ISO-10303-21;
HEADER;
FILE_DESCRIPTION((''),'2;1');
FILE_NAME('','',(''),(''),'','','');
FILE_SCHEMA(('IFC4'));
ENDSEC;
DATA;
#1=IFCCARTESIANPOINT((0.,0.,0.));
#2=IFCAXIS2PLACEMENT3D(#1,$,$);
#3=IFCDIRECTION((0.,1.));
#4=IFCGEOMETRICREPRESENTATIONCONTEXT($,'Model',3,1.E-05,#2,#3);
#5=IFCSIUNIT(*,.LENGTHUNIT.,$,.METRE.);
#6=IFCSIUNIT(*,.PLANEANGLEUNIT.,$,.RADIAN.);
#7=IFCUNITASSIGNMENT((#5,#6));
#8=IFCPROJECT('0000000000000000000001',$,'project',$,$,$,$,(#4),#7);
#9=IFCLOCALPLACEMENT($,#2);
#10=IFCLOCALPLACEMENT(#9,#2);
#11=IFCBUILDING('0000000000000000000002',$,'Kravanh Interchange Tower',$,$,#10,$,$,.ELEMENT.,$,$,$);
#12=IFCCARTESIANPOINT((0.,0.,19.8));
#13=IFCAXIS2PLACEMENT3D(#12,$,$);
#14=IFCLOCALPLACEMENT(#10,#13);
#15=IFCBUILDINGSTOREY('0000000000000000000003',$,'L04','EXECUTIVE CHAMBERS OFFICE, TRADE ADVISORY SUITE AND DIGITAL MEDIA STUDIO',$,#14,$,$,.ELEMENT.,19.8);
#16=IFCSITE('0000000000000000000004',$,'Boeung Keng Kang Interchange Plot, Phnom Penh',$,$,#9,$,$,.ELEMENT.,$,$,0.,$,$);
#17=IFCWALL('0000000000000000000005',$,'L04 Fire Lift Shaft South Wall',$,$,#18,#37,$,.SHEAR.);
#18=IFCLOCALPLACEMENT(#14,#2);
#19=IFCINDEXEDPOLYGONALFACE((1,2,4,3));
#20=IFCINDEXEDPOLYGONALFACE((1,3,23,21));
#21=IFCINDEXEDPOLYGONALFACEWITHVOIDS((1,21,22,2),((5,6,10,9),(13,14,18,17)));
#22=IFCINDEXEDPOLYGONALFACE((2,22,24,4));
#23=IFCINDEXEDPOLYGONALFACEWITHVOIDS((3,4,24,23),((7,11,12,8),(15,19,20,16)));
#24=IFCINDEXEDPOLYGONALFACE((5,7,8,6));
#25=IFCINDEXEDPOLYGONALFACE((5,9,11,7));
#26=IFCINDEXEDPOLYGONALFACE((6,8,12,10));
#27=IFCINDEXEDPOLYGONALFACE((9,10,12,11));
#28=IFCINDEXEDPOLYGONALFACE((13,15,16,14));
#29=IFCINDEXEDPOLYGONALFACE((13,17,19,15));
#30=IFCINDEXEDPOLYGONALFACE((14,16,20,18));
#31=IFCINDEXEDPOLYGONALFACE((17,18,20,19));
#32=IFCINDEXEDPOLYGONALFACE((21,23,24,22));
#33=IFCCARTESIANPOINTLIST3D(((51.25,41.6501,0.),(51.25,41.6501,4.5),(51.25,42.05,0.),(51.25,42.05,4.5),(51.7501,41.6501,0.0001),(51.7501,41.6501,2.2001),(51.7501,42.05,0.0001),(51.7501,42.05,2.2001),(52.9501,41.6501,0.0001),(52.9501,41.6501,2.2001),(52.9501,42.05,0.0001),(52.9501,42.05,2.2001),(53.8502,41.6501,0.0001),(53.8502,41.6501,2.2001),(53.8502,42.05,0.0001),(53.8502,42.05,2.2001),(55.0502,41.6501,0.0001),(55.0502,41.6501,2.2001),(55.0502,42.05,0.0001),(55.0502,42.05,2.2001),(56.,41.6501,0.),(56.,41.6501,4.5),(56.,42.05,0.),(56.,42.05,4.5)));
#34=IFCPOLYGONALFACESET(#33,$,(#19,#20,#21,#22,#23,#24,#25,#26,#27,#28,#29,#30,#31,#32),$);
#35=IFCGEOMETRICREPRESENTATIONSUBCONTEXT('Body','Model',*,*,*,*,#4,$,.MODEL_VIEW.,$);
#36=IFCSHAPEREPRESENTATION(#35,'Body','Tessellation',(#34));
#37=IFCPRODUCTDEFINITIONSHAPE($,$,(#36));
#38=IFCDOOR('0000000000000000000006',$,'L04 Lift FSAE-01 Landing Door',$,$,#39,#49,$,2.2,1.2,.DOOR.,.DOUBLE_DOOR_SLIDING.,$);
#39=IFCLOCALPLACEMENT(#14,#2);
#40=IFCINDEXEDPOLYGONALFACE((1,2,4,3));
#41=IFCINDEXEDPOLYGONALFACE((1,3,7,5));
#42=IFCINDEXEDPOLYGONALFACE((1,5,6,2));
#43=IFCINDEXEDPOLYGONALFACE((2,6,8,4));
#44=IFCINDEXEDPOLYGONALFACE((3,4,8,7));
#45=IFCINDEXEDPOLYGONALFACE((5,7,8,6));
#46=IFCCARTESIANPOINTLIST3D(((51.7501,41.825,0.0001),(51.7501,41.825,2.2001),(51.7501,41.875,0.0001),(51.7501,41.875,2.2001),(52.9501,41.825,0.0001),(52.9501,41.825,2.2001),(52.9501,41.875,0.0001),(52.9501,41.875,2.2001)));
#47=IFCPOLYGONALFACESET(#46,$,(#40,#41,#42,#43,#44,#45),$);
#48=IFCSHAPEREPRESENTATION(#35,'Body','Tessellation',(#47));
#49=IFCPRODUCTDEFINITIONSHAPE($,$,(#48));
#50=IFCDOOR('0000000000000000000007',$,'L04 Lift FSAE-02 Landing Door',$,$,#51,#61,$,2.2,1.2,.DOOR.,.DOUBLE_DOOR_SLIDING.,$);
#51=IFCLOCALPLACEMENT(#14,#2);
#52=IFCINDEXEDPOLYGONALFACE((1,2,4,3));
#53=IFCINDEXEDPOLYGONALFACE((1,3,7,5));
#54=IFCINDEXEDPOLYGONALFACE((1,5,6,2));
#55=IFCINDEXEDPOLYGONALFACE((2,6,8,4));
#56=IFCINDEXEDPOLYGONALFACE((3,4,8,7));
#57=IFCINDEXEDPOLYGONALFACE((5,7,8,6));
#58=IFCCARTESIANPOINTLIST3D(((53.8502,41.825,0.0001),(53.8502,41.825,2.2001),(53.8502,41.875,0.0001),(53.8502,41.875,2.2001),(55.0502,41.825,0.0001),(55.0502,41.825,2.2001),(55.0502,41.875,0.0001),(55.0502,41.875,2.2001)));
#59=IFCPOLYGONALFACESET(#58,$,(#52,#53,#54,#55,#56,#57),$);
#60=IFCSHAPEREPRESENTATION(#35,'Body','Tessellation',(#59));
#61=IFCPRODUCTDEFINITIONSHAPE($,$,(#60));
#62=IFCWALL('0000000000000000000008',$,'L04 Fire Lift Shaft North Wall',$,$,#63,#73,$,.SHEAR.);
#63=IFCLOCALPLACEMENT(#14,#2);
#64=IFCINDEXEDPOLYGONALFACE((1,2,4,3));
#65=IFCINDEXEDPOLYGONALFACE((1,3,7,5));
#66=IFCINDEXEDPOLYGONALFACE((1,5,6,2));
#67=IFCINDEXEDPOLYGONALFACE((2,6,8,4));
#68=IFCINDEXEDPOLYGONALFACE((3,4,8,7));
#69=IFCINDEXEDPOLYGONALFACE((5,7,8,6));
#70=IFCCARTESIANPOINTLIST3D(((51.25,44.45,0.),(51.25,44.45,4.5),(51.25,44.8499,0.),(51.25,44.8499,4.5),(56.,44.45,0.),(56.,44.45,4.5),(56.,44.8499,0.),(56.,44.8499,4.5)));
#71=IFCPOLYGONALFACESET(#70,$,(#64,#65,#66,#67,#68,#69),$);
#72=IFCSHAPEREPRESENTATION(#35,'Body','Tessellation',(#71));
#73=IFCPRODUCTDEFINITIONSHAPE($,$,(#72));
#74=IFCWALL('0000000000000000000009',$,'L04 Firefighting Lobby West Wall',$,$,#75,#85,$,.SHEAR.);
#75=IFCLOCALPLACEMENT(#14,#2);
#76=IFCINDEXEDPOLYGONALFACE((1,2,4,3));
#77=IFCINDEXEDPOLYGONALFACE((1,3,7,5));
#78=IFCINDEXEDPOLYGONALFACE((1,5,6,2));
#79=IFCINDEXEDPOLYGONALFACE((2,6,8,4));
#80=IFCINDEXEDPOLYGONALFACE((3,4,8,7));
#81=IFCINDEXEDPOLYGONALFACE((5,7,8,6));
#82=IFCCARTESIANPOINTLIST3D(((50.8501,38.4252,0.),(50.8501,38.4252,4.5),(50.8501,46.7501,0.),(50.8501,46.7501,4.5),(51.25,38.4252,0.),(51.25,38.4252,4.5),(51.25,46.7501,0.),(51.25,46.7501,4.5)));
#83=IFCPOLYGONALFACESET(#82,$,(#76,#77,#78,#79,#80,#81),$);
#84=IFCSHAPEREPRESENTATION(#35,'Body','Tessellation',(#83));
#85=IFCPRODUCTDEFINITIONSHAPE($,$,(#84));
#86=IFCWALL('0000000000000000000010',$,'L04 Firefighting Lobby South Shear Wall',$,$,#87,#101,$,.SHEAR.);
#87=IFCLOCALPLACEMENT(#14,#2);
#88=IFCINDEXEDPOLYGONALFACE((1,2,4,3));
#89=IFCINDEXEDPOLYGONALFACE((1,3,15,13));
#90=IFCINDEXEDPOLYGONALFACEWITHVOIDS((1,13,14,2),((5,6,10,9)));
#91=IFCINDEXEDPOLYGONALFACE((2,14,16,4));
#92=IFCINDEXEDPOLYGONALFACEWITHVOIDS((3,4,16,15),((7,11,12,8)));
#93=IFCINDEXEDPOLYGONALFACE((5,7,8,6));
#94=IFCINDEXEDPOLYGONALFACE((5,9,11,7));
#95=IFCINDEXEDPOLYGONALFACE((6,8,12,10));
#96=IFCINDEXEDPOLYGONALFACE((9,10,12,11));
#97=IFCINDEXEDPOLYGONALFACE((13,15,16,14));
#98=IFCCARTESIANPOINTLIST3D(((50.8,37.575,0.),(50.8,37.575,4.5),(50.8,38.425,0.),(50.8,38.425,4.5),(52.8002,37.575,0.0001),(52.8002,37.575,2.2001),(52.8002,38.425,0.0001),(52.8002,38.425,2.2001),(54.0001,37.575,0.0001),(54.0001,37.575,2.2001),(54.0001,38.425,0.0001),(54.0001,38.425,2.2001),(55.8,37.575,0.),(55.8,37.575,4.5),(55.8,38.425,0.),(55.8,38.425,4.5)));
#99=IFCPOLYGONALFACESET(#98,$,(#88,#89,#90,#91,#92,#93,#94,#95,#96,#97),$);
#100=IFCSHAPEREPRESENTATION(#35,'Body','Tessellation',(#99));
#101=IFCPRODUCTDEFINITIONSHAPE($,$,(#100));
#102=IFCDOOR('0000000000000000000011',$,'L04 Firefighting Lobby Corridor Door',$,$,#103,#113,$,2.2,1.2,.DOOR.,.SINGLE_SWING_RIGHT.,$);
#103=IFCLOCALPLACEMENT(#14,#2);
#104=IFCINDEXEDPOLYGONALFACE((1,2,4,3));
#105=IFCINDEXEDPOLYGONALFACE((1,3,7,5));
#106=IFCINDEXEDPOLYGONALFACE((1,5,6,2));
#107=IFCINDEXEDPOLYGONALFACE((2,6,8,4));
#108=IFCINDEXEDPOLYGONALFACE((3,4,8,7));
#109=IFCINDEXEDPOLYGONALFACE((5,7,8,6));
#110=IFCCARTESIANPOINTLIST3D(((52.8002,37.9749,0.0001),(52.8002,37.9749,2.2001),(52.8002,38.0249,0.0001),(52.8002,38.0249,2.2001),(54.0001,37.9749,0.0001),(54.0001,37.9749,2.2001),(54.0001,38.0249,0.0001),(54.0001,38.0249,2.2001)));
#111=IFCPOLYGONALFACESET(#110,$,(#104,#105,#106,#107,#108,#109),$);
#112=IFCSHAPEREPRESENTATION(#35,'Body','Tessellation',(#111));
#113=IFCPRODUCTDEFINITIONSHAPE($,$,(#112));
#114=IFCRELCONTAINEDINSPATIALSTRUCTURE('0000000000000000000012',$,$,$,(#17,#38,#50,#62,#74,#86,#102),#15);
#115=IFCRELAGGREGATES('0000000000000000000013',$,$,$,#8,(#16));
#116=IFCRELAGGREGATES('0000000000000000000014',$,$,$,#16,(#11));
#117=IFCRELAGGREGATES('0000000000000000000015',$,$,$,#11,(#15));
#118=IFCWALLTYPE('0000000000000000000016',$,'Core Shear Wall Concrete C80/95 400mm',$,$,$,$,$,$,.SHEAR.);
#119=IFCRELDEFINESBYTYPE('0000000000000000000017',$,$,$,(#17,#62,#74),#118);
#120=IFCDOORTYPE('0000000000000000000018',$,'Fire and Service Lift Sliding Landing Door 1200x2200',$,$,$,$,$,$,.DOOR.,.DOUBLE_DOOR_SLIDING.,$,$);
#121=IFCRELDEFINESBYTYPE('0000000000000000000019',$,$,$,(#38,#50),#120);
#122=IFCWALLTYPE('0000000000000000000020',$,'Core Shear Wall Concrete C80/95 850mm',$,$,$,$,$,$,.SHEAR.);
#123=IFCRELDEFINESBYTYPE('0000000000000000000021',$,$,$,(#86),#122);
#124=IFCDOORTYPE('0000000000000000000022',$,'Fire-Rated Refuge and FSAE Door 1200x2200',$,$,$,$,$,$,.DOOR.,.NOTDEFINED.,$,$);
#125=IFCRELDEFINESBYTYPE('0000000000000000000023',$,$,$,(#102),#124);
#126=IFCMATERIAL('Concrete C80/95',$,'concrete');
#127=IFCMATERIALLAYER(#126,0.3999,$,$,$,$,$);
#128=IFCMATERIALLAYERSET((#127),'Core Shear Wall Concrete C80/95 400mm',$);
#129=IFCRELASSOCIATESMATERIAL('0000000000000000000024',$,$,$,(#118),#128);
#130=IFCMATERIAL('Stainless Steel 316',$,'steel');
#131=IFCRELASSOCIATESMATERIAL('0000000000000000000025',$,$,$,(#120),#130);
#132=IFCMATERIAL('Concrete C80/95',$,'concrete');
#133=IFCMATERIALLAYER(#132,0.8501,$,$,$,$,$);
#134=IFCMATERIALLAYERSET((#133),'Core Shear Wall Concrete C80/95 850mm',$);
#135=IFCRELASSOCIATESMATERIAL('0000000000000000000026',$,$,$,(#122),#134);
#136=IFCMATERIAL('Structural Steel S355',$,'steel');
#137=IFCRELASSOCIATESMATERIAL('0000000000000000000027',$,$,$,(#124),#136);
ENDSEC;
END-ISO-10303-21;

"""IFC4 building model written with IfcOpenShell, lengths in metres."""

from ifc_helpers import new_model, si_unit, direction, frame, frame_2d, origin, place, context, subcontext, project, spatial, rectangle, extrude, material, layer, layer_set, type_object, element, fill, save


model = new_model("IFC4")

# Units and contexts
model_context = context("Model", 3, precision=1e-05, world=origin(), true_north=direction((0.0, 1.0)))
body_context = subcontext(model_context, "Body", "Model", "MODEL_VIEW")
ifc_project = project(units=[si_unit("LENGTHUNIT", "METRE"), si_unit("PLANEANGLEUNIT", "RADIAN")], contexts=[model_context])

# Site, building, storey
site_placement = place(None, origin())
site = spatial("IfcSite", under=ifc_project, at=site_placement, Name="Boeung Keng Kang Interchange Plot, Phnom Penh", CompositionType="ELEMENT", RefElevation=0.0)
building_placement = place(site_placement, origin())
building = spatial("IfcBuilding", under=site, at=building_placement, Name="Kravanh Interchange Tower", CompositionType="ELEMENT")
storey_placement = place(building_placement, frame((0.0, 0.0, 19.8)))
storey = spatial("IfcBuildingStorey", under=building, at=storey_placement, Name="L04", Description="EXECUTIVE CHAMBERS OFFICE, TRADE ADVISORY SUITE AND DIGITAL MEDIA STUDIO", CompositionType="ELEMENT", Elevation=19.8)

# Wall, openings, doors
ifc_material_1 = material(Name="Concrete C80/95", Category="concrete")
ifc_layer_1 = layer(ifc_material_1, 0.3999)
ifc_layer_set_1 = layer_set([ifc_layer_1], Name="Core Shear Wall Concrete C80/95 400mm")
wall_type_1 = type_object("IfcWallType", Name="Core Shear Wall Concrete C80/95 400mm", PredefinedType="SHEAR", material=ifc_layer_set_1)
wall_1_placement = place(storey_placement, frame((51.25, 41.8501, 0.0), z_axis=(0.0, 0.0, 1.0), x_axis=(1.0, 0.0, 0.0)))
wall_1 = element("IfcWall", 1, at=wall_1_placement, inside=storey, type_object=wall_type_1, Name="L04 Fire Lift Shaft South Wall", PredefinedType="SHEAR", context=body_context, shape_type="SweptSolid", body=[
    extrude(rectangle(XDim=4.75, YDim=0.3999, at=frame_2d((2.375, 0.0))), origin(), (0.0, 0.0, 1.0), 4.5),
])
opening_1_placement = place(wall_1_placement, frame((0.5, 0.0, 0.0)))
opening_1 = element("IfcOpeningElement", 2, at=opening_1_placement, cuts=wall_1, PredefinedType="OPENING", context=body_context, shape_type="SweptSolid", body=[
    extrude(rectangle(XDim=1.2, YDim=2.2, at=frame_2d((0.6001, 1.1001))), frame((0.0, 0.21, 0.0), z_axis=(0.0, -1.0, 0.0), x_axis=(1.0, 0.0, 0.0)), (0.0, 0.0, 1.0), 0.4199),
])
opening_2_placement = place(wall_1_placement, frame((2.6001, 0.0, 0.0)))
opening_2 = element("IfcOpeningElement", 3, at=opening_2_placement, cuts=wall_1, PredefinedType="OPENING", context=body_context, shape_type="SweptSolid", body=[
    extrude(rectangle(XDim=1.2, YDim=2.2, at=frame_2d((0.6001, 1.1001))), frame((0.0, 0.21, 0.0), z_axis=(0.0, -1.0, 0.0), x_axis=(1.0, 0.0, 0.0)), (0.0, 0.0, 1.0), 0.4199),
])
ifc_material_2 = material(Name="Stainless Steel 316", Category="steel")
door_type_1 = type_object("IfcDoorType", Name="Fire and Service Lift Sliding Landing Door 1200x2200", OperationType="DOUBLE_DOOR_SLIDING", PredefinedType="DOOR", material=ifc_material_2)
door_1_placement = place(opening_1_placement, origin())
door_1 = element("IfcDoor", 4, at=door_1_placement, inside=storey, type_object=door_type_1, Name="L04 Lift FSAE-01 Landing Door", OperationType="DOUBLE_DOOR_SLIDING", OverallHeight=2.2, OverallWidth=1.2, PredefinedType="DOOR", context=body_context, shape_type="SweptSolid", body=[
    extrude(rectangle(XDim=1.2, YDim=2.2, at=frame_2d((0.6001, 1.1001))), frame((0.0, 0.0249, 0.0), z_axis=(0.0, -1.0, 0.0), x_axis=(1.0, 0.0, 0.0)), (0.0, 0.0, 1.0), 0.05),
])
fill(opening_1, door_1)
door_2_placement = place(opening_2_placement, origin())
door_2 = element("IfcDoor", 5, at=door_2_placement, inside=storey, type_object=door_type_1, Name="L04 Lift FSAE-02 Landing Door", OperationType="DOUBLE_DOOR_SLIDING", OverallHeight=2.2, OverallWidth=1.2, PredefinedType="DOOR", context=body_context, shape_type="SweptSolid", body=[
    extrude(rectangle(XDim=1.2, YDim=2.2, at=frame_2d((0.6001, 1.1001))), frame((0.0, 0.0249, 0.0), z_axis=(0.0, -1.0, 0.0), x_axis=(1.0, 0.0, 0.0)), (0.0, 0.0, 1.0), 0.05),
])
fill(opening_2, door_2)

# Walls
wall_2_placement = place(storey_placement, frame((51.25, 44.6499, 0.0), z_axis=(0.0, 0.0, 1.0), x_axis=(1.0, 0.0, 0.0)))
element("IfcWall", 6, at=wall_2_placement, inside=storey, type_object=wall_type_1, Name="L04 Fire Lift Shaft North Wall", PredefinedType="SHEAR", context=body_context, shape_type="SweptSolid", body=[
    extrude(rectangle(XDim=4.75, YDim=0.3999, at=frame_2d((2.375, 0.0))), origin(), (0.0, 0.0, 1.0), 4.5),
])
wall_3_placement = place(storey_placement, frame((51.05, 38.425, 0.0), z_axis=(0.0, 0.0, 1.0), x_axis=(0.0, 1.0, 0.0)))
element("IfcWall", 7, at=wall_3_placement, inside=storey, type_object=wall_type_1, Name="L04 Firefighting Lobby West Wall", PredefinedType="SHEAR", context=body_context, shape_type="SweptSolid", body=[
    extrude(rectangle(XDim=8.325, YDim=0.3999, at=frame_2d((4.1626, 0.0))), origin(), (0.0, 0.0, 1.0), 4.5),
])

# Shared definitions
ifc_material_3 = material(Name="Concrete C80/95", Category="concrete")
ifc_layer_2 = layer(ifc_material_3, 0.8501)
ifc_layer_set_2 = layer_set([ifc_layer_2], Name="Core Shear Wall Concrete C80/95 850mm")
wall_type_2 = type_object("IfcWallType", Name="Core Shear Wall Concrete C80/95 850mm", PredefinedType="SHEAR", material=ifc_layer_set_2)

# Wall, opening, door
wall_4_placement = place(storey_placement, frame((50.8, 38.0, 0.0), z_axis=(0.0, 0.0, 1.0), x_axis=(1.0, 0.0, 0.0)))
wall_4 = element("IfcWall", 8, at=wall_4_placement, inside=storey, type_object=wall_type_2, Name="L04 Firefighting Lobby South Shear Wall", PredefinedType="SHEAR", context=body_context, shape_type="SweptSolid", body=[
    extrude(rectangle(XDim=5.0, YDim=0.8501, at=frame_2d((2.5, 0.0))), origin(), (0.0, 0.0, 1.0), 4.5),
])
opening_3_placement = place(wall_4_placement, frame((2.0, 0.0, 0.0)))
opening_3 = element("IfcOpeningElement", 9, at=opening_3_placement, cuts=wall_4, PredefinedType="OPENING", context=body_context, shape_type="SweptSolid", body=[
    extrude(rectangle(XDim=1.2, YDim=2.2, at=frame_2d((0.6001, 1.1001))), frame((0.0, 0.4351, 0.0), z_axis=(0.0, -1.0, 0.0), x_axis=(1.0, 0.0, 0.0)), (0.0, 0.0, 1.0), 0.8701),
])
ifc_material_4 = material(Name="Structural Steel S355", Category="steel")
door_type_2 = type_object("IfcDoorType", Name="Fire-Rated Refuge and FSAE Door 1200x2200", OperationType="NOTDEFINED", PredefinedType="DOOR", material=ifc_material_4)
door_3_placement = place(opening_3_placement, origin())
door_3 = element("IfcDoor", 10, at=door_3_placement, inside=storey, type_object=door_type_2, Name="L04 Firefighting Lobby Corridor Door", OperationType="SINGLE_SWING_RIGHT", OverallHeight=2.2, OverallWidth=1.2, PredefinedType="DOOR", context=body_context, shape_type="SweptSolid", body=[
    extrude(rectangle(XDim=1.2, YDim=2.2, at=frame_2d((0.6001, 1.1001))), frame((0.0, 0.0249, 0.0), z_axis=(0.0, -1.0, 0.0), x_axis=(1.0, 0.0, 0.0)), (0.0, 0.0, 1.0), 0.05),
])
fill(opening_3, door_3)

save(model, "model.ifc")
